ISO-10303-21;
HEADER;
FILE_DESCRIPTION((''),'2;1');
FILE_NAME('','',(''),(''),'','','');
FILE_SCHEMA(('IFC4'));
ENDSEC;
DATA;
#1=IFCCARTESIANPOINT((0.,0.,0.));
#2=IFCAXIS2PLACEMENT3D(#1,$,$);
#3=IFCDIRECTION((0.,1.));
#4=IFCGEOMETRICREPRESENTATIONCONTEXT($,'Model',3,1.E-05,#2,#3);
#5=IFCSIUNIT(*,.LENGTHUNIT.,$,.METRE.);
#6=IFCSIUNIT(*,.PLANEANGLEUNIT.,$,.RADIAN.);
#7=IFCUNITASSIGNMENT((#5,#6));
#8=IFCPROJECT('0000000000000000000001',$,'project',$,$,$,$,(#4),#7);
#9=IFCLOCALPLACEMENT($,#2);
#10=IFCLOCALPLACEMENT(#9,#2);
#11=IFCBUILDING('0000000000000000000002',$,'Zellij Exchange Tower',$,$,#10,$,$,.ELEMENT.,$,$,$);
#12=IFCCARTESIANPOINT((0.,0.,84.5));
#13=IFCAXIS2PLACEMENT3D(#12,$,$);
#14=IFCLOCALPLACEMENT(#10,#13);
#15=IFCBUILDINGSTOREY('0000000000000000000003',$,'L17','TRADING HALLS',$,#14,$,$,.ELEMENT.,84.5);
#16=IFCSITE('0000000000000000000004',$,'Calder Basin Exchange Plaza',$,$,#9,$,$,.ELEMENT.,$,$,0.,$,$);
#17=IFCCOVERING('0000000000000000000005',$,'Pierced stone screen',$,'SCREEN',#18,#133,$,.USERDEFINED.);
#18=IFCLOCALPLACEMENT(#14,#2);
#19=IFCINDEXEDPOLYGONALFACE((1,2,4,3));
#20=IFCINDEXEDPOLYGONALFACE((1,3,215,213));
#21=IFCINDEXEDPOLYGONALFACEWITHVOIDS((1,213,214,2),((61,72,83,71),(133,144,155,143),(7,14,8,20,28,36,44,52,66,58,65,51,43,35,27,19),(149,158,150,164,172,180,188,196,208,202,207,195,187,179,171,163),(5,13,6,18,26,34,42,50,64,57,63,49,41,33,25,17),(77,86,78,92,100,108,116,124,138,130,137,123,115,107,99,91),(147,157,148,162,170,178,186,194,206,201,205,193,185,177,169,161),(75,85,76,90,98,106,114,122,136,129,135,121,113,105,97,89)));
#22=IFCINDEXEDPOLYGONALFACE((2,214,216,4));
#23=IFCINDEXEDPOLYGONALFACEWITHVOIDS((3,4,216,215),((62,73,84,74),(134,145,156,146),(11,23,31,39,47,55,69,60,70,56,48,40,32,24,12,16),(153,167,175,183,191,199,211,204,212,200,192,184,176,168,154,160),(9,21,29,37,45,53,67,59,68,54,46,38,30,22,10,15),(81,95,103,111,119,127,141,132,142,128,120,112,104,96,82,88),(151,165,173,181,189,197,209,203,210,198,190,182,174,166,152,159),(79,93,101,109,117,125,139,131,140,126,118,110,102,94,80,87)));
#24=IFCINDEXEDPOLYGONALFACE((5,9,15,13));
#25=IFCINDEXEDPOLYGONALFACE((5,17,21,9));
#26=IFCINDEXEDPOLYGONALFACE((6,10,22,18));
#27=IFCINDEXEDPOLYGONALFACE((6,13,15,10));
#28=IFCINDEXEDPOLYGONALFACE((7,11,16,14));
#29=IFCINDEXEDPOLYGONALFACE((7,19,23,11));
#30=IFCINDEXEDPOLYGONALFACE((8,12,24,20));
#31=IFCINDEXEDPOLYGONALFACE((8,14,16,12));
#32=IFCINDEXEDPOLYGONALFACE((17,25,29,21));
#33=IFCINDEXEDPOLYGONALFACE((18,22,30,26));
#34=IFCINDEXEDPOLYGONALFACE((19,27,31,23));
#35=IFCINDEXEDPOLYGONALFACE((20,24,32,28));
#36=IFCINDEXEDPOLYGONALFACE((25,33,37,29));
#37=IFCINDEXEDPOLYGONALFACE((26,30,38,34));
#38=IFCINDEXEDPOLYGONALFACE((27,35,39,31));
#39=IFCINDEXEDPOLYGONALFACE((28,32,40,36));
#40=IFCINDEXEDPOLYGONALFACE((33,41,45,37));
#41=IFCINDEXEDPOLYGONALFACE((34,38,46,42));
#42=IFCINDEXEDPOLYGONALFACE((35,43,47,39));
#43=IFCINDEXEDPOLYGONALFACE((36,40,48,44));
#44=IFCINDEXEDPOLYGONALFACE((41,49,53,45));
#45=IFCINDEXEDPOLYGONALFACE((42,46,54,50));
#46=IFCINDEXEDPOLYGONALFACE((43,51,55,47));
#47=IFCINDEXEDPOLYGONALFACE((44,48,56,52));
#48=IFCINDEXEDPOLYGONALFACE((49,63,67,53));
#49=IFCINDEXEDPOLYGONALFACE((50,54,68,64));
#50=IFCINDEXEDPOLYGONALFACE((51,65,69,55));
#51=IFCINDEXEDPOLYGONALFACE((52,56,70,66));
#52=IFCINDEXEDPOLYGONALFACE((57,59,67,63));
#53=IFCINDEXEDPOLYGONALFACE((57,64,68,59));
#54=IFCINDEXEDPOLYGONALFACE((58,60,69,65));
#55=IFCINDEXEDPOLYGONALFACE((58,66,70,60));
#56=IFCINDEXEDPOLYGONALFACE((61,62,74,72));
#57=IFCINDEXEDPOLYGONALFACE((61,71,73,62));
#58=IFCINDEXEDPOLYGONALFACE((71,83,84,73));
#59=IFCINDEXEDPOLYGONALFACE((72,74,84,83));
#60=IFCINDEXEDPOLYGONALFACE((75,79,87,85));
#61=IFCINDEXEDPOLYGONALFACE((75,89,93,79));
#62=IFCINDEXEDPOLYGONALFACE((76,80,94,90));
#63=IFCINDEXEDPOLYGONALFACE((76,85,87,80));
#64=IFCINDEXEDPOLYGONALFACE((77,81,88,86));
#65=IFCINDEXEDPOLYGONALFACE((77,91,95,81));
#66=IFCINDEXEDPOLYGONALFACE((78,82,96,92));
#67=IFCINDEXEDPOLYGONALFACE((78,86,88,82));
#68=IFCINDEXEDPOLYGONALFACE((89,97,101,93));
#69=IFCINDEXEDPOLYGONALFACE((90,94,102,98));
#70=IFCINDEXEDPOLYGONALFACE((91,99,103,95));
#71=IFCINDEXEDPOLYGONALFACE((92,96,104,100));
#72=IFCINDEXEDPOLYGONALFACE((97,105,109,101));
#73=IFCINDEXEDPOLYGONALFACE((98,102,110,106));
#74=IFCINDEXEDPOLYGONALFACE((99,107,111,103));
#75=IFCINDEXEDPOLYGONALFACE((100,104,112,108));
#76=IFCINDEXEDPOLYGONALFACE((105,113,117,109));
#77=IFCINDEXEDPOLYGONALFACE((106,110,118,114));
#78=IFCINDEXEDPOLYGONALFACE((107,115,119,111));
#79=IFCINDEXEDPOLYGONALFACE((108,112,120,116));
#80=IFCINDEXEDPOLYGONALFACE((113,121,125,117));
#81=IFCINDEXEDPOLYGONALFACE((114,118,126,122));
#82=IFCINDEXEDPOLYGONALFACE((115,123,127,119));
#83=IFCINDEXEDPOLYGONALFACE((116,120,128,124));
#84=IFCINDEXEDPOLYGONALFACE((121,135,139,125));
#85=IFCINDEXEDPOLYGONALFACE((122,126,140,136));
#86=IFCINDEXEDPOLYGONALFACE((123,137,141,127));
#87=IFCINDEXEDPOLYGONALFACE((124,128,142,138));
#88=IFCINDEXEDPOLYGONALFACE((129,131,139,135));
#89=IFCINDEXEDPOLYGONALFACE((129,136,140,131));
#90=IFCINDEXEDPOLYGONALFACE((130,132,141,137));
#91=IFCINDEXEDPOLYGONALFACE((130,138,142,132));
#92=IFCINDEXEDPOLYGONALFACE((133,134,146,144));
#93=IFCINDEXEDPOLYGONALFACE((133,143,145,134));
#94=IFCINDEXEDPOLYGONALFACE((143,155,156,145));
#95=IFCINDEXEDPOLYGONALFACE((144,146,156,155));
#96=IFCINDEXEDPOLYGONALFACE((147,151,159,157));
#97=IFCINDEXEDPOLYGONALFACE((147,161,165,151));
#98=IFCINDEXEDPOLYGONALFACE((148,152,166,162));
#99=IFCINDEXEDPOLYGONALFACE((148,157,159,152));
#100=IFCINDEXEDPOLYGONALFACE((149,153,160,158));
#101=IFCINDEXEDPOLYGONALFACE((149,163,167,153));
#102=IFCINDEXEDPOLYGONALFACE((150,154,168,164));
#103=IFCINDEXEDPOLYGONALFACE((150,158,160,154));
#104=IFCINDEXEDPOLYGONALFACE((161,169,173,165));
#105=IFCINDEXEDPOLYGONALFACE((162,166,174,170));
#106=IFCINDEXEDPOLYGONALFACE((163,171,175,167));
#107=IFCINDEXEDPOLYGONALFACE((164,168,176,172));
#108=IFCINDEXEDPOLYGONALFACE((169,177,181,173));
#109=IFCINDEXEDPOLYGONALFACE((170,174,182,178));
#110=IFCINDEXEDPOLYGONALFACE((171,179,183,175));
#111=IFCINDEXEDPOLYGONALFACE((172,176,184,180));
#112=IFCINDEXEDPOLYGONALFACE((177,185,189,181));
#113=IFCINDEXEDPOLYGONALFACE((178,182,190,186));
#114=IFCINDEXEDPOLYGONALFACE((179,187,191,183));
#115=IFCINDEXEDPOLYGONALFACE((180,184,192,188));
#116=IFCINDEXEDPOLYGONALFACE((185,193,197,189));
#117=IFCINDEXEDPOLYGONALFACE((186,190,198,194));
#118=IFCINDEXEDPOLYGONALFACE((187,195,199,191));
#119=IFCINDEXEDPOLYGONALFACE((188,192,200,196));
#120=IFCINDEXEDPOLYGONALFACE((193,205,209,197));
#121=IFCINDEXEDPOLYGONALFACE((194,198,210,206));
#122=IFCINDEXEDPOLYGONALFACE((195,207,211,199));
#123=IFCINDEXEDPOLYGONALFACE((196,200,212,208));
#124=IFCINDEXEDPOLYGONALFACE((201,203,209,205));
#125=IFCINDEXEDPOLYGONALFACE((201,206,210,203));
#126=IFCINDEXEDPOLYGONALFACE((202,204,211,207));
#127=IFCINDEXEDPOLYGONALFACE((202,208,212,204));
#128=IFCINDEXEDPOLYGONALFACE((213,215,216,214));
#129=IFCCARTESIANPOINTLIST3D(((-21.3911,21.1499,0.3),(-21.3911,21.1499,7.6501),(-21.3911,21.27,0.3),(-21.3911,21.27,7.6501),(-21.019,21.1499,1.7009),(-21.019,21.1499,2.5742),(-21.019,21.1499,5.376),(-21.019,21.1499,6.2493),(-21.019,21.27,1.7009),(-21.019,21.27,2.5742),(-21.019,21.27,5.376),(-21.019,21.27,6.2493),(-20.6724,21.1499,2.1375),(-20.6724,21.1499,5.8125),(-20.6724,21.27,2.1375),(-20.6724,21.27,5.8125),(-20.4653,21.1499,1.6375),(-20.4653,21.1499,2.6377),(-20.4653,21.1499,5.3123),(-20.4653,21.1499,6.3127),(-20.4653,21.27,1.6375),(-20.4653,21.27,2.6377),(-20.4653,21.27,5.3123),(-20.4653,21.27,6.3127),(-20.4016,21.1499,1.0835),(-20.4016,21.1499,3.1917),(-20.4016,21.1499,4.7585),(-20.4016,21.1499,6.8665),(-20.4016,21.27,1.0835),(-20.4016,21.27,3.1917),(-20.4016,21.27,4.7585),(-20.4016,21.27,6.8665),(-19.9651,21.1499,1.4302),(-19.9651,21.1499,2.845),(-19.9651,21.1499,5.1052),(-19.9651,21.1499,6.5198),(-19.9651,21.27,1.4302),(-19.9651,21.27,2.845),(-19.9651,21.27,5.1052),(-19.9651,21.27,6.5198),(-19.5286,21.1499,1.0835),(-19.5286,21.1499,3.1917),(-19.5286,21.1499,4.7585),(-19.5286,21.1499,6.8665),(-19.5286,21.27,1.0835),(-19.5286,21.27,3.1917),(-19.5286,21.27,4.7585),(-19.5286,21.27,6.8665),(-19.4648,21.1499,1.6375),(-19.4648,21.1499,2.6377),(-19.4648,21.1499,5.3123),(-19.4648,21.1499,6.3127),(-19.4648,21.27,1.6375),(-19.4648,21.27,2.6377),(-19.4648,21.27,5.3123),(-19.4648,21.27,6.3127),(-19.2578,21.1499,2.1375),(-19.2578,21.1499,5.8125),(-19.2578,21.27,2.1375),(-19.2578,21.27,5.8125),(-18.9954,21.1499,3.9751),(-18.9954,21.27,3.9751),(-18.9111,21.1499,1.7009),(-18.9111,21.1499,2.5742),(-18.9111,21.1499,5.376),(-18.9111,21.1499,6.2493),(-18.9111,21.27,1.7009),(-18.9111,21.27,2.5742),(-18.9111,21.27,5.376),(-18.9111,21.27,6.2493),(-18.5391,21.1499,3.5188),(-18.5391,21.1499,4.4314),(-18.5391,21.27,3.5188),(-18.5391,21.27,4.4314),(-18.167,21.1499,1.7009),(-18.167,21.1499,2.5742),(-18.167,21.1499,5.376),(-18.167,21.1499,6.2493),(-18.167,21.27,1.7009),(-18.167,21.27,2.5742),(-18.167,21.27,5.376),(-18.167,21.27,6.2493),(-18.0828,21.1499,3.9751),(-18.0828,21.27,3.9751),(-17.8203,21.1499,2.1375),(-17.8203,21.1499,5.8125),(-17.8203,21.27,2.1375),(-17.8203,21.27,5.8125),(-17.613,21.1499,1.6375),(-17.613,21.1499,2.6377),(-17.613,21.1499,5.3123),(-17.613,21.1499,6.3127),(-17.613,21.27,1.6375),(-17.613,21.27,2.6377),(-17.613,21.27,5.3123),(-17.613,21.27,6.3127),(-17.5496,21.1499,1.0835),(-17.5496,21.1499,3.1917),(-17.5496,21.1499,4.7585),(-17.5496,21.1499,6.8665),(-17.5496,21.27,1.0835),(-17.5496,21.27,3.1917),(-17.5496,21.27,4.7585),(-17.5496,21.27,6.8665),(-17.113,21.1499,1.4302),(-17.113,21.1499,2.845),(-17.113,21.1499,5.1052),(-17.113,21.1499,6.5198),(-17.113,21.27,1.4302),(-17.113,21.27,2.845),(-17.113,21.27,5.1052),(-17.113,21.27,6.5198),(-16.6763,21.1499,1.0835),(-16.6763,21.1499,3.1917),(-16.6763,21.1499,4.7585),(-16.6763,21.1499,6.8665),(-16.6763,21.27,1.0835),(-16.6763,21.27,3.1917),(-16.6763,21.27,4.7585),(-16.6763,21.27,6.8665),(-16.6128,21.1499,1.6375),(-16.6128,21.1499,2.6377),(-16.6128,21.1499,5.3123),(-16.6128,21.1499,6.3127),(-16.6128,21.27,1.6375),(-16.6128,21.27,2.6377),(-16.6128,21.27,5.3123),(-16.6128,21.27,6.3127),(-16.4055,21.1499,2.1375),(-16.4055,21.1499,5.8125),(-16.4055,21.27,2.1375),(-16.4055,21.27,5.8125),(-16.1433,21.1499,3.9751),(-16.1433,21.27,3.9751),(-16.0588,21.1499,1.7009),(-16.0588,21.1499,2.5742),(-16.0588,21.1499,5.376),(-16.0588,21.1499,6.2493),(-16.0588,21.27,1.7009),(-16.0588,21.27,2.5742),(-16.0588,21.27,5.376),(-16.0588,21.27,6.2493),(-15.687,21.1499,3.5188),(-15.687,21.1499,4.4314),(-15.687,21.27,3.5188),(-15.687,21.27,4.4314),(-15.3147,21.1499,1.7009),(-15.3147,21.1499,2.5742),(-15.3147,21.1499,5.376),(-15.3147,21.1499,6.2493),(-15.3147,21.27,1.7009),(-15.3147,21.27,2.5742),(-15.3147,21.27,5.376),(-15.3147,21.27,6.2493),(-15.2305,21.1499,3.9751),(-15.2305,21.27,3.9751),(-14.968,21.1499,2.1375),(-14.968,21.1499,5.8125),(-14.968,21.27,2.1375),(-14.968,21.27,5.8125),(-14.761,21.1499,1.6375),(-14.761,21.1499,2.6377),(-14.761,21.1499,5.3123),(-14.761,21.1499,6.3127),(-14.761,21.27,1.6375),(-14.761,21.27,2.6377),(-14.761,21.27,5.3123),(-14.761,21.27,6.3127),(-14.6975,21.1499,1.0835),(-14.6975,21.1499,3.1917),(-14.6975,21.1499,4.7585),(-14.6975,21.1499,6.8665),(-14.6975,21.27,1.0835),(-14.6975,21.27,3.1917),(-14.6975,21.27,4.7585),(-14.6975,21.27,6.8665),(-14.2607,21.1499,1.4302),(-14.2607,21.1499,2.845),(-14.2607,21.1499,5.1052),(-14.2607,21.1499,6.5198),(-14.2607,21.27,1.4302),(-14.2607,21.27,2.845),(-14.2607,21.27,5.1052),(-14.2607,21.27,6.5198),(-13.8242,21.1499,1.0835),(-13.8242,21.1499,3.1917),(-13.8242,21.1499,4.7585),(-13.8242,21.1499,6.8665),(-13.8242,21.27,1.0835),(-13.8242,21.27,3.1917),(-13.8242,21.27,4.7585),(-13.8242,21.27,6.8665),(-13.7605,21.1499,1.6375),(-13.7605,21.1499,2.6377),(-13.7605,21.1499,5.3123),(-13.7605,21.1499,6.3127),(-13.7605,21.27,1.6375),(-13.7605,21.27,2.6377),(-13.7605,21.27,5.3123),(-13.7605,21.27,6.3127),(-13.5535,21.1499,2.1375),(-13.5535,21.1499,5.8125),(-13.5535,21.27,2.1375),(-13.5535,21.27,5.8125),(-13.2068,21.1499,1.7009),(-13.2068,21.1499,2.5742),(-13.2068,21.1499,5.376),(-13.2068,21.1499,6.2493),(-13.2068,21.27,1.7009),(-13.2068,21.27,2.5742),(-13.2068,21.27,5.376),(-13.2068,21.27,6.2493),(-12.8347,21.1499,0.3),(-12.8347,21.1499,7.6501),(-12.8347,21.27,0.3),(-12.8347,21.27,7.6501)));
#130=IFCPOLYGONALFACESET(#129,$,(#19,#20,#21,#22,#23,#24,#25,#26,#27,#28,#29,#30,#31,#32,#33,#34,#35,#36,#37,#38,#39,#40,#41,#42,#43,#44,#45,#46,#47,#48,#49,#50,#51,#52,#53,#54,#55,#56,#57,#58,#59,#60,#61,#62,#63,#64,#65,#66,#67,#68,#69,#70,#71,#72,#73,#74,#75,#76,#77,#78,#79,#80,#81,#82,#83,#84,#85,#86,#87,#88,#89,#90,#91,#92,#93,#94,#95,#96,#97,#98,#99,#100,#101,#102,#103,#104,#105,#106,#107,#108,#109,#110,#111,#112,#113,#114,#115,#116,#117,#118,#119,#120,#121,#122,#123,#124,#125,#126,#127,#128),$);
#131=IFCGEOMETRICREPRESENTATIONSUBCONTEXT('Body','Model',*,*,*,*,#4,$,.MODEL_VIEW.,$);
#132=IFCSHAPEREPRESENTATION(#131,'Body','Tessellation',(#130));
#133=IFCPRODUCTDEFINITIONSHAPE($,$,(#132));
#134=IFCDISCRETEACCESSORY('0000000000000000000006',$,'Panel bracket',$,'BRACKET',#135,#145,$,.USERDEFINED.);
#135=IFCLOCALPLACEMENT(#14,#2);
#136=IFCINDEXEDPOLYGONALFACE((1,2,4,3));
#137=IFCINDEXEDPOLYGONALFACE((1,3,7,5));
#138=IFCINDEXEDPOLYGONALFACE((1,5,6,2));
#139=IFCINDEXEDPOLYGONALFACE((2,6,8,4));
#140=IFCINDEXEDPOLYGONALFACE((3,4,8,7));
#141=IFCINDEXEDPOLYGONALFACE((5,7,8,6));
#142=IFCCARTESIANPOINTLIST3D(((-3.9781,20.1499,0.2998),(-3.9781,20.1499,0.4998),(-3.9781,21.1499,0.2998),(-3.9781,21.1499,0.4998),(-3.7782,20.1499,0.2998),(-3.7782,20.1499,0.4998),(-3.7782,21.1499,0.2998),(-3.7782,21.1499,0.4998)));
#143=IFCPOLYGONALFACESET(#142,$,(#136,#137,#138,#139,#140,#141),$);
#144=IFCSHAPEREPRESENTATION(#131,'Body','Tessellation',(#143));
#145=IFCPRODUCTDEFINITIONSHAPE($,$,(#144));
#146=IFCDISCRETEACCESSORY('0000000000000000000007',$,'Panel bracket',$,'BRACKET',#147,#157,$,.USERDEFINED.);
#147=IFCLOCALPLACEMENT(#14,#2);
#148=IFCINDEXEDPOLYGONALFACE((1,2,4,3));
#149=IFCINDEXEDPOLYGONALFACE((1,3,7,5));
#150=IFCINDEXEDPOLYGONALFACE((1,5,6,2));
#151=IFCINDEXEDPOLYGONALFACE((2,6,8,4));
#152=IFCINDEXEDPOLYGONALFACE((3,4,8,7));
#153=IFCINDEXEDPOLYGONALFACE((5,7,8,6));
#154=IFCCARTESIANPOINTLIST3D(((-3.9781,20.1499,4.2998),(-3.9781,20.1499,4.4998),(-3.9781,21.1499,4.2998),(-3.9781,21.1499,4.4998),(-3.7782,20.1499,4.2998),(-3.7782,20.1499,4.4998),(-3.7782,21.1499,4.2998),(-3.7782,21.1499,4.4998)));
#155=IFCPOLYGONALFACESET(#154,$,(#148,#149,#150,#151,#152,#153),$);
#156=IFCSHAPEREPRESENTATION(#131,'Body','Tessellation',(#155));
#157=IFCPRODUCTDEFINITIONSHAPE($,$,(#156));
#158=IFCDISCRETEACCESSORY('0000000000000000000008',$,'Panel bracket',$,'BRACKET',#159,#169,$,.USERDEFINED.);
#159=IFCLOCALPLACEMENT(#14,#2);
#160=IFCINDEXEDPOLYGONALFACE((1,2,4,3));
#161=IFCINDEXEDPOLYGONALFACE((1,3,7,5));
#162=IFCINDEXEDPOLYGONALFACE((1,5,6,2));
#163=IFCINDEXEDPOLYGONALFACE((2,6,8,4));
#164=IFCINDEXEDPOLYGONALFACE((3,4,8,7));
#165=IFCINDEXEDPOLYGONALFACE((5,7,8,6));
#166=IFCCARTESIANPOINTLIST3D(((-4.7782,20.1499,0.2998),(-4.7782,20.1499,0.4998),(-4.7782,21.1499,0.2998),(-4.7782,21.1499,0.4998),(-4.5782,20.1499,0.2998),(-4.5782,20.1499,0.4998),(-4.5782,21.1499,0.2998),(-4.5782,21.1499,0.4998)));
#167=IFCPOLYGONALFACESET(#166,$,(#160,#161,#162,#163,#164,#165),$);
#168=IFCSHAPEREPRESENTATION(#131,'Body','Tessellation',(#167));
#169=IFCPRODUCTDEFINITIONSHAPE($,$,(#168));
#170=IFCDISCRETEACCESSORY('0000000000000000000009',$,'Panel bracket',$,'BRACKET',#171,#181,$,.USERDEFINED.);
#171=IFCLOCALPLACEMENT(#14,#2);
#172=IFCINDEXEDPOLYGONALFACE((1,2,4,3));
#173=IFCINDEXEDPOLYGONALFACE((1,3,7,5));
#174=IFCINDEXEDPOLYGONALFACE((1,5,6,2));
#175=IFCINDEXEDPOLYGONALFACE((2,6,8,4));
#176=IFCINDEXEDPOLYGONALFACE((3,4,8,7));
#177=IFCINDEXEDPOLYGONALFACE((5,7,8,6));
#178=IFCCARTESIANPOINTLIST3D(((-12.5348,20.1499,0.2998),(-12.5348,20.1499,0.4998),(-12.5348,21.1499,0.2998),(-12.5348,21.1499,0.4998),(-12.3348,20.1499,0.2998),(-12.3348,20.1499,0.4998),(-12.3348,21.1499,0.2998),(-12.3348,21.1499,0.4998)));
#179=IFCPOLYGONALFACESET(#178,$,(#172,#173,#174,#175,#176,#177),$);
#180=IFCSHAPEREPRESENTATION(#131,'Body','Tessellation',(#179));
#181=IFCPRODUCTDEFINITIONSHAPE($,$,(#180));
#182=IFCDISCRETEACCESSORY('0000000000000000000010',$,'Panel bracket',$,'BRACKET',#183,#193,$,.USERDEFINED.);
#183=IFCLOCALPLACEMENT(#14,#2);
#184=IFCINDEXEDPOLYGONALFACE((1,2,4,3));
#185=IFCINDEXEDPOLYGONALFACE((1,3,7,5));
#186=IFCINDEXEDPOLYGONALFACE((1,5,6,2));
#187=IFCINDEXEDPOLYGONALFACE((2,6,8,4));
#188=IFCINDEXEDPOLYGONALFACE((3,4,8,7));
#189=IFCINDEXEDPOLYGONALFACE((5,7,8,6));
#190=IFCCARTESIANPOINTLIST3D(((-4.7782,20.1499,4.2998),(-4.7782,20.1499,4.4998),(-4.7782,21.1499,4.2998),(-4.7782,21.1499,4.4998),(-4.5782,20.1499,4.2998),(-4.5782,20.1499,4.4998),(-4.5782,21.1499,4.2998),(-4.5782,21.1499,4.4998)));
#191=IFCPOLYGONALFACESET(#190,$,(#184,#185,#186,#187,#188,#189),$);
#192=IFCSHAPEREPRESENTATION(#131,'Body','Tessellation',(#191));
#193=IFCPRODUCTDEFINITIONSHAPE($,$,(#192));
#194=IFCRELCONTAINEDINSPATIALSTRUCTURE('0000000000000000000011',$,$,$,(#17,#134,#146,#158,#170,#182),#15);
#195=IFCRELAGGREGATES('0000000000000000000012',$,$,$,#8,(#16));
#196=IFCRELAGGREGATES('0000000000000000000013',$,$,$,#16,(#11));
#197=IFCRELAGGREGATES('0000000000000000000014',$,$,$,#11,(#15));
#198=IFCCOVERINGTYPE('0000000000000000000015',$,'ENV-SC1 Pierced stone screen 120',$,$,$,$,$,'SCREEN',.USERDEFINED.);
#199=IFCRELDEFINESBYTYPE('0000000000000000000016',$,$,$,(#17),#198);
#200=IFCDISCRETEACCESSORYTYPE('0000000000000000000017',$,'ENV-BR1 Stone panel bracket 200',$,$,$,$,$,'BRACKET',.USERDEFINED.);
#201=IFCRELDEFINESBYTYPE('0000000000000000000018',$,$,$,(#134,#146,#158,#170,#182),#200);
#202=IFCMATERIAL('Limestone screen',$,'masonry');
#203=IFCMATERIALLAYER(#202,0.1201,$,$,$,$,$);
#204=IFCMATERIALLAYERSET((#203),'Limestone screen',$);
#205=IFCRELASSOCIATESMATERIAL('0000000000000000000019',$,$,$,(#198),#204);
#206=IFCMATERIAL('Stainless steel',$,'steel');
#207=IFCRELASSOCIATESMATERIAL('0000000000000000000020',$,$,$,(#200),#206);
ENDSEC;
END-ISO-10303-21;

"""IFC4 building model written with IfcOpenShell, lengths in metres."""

from ifc_helpers import new_model, si_unit, direction, frame, origin, origin_2d, place, context, subcontext, project, spatial, polyline, rectangle, outline, extrude, material, layer, layer_set, type_object, element, save


model = new_model("IFC4")

# Units and contexts
model_context = context("Model", 3, precision=1e-05, world=origin(), true_north=direction((0.0, 1.0)))
body_context = subcontext(model_context, "Body", "Model", "MODEL_VIEW")
ifc_project = project(units=[si_unit("LENGTHUNIT", "METRE"), si_unit("PLANEANGLEUNIT", "RADIAN")], contexts=[model_context])

# Site, building, storey
site_placement = place(None, origin())
site = spatial("IfcSite", under=ifc_project, at=site_placement, Name="Calder Basin Exchange Plaza", CompositionType="ELEMENT", RefElevation=0.0)
building_placement = place(site_placement, origin())
building = spatial("IfcBuilding", under=site, at=building_placement, Name="Zellij Exchange Tower", CompositionType="ELEMENT")
storey_placement = place(building_placement, frame((0.0, 0.0, 84.5)))
storey = spatial("IfcBuildingStorey", under=building, at=storey_placement, Name="L17", Description="TRADING HALLS", CompositionType="ELEMENT", Elevation=84.5)

# Covering
ifc_material_1 = material(Name="Limestone screen", Category="masonry")
ifc_layer_1 = layer(ifc_material_1, 0.1201)
ifc_layer_set_1 = layer_set([ifc_layer_1], Name="Limestone screen")
covering_type = type_object("IfcCoveringType", Name="ENV-SC1 Pierced stone screen 120", ElementType="SCREEN", PredefinedType="USERDEFINED", material=ifc_layer_set_1)
covering_1_placement = place(storey_placement, frame((-12.8347, 21.21, 0.3), z_axis=(0.0, 0.0, 1.0), x_axis=(-1.0, 0.0, 0.0)))
element("IfcCovering", 1, at=covering_1_placement, inside=storey, type_object=covering_type, Name="Pierced stone screen", ObjectType="SCREEN", PredefinedType="USERDEFINED", context=body_context, shape_type="SweptSolid", body=[
    extrude(outline(polyline([(0.0, 0.0), (8.5564, 0.0), (8.5564, 7.3501), (0.0, 7.3501), (0.0, 0.0)]), holes=[polyline([(2.48, 2.2742), (1.9263, 2.3376), (1.8628, 2.8916), (1.426, 2.5449), (0.9895, 2.8916), (0.9258, 2.3376), (0.3721, 2.2742), (0.7188, 1.8374), (0.3721, 1.4009), (0.9258, 1.3374), (0.9895, 0.7834), (1.426, 1.1301), (1.8628, 0.7834), (1.9263, 1.3374), (2.48, 1.4009), (2.1333, 1.8374), (2.48, 2.2742)]), polyline([(2.48, 5.9492), (1.9263, 6.0127), (1.8628, 6.5664), (1.426, 6.2197), (0.9895, 6.5664), (0.9258, 6.0127), (0.3721, 5.9492), (0.7188, 5.5125), (0.3721, 5.0759), (0.9258, 5.0122), (0.9895, 4.4585), (1.426, 4.8052), (1.8628, 4.4585), (1.9263, 5.0122), (2.48, 5.0759), (2.1333, 5.5125), (2.48, 5.9492)]), polyline([(5.3323, 2.2742), (4.7783, 2.3376), (4.7148, 2.8916), (4.2783, 2.5449), (3.8416, 2.8916), (3.7781, 2.3376), (3.2241, 2.2742), (3.5708, 1.8374), (3.2241, 1.4009), (3.7781, 1.3374), (3.8416, 0.7834), (4.2783, 1.1301), (4.7148, 0.7834), (4.7783, 1.3374), (5.3323, 1.4009), (4.9856, 1.8374), (5.3323, 2.2742)]), polyline([(5.3323, 5.9492), (4.7783, 6.0127), (4.7148, 6.5664), (4.2783, 6.2197), (3.8416, 6.5664), (3.7781, 6.0127), (3.2241, 5.9492), (3.5708, 5.5125), (3.2241, 5.0759), (3.7781, 5.0122), (3.8416, 4.4585), (4.2783, 4.8052), (4.7148, 4.4585), (4.7783, 5.0122), (5.3323, 5.0759), (4.9856, 5.5125), (5.3323, 5.9492)]), polyline([(8.1843, 2.2742), (7.6306, 2.3376), (7.5669, 2.8916), (7.1304, 2.5449), (6.6938, 2.8916), (6.6301, 2.3376), (6.0764, 2.2742), (6.4231, 1.8374), (6.0764, 1.4009), (6.6301, 1.3374), (6.6938, 0.7834), (7.1304, 1.1301), (7.5669, 0.7834), (7.6306, 1.3374), (8.1843, 1.4009), (7.8376, 1.8374), (8.1843, 2.2742)]), polyline([(8.1843, 5.9492), (7.6306, 6.0127), (7.5669, 6.5664), (7.1304, 6.2197), (6.6938, 6.5664), (6.6301, 6.0127), (6.0764, 5.9492), (6.4231, 5.5125), (6.0764, 5.0759), (6.6301, 5.0122), (6.6938, 4.4585), (7.1304, 4.8052), (7.5669, 4.4585), (7.6306, 5.0122), (8.1843, 5.0759), (7.8376, 5.5125), (8.1843, 5.9492)]), polyline([(3.3086, 3.675), (2.8523, 4.1313), (2.3958, 3.675), (2.8523, 3.2188), (3.3086, 3.675)]), polyline([(6.1606, 3.675), (5.7043, 4.1313), (5.248, 3.675), (5.7043, 3.2188), (6.1606, 3.675)])]), frame((0.0, 0.0601, 0.0), z_axis=(0.0, -1.0, 0.0), x_axis=(1.0, 0.0, 0.0)), (0.0, 0.0, 1.0), 0.1201),
])

# Discrete accessories
ifc_material_2 = material(Name="Stainless steel", Category="steel")
discrete_accessory_type = type_object("IfcDiscreteAccessoryType", Name="ENV-BR1 Stone panel bracket 200", ElementType="BRACKET", PredefinedType="USERDEFINED", material=ifc_material_2)
for number, where, z_axis, x_axis, name in (
    (2, (-3.8782, 20.6499, 0.2998), (0.0, 0.0, 1.0), (-1.0, 0.0, 0.0), "Panel bracket"),
    (3, (-3.8782, 20.6499, 4.2998), (0.0, 0.0, 1.0), (-1.0, 0.0, 0.0), "Panel bracket"),
    (4, (-4.6782, 20.6499, 0.2998), (0.0, 0.0, 1.0), (-1.0, 0.0, 0.0), "Panel bracket"),
    (5, (-12.4348, 20.6499, 0.2998), (0.0, 0.0, 1.0), (-1.0, 0.0, 0.0), "Panel bracket"),
    (6, (-4.6782, 20.6499, 4.2998), (0.0, 0.0, 1.0), (-1.0, 0.0, 0.0), "Panel bracket"),
):
    element("IfcDiscreteAccessory", number, at=place(storey_placement, frame(where, z_axis=z_axis, x_axis=x_axis)), inside=storey, type_object=discrete_accessory_type, Name=name, ObjectType="BRACKET", PredefinedType="USERDEFINED", context=body_context, shape_type="SweptSolid", body=[
        extrude(rectangle(XDim=0.2, YDim=1.0, at=origin_2d()), origin(), (0.0, 0.0, 1.0), 0.2),
    ])

save(model, "model.ifc")
